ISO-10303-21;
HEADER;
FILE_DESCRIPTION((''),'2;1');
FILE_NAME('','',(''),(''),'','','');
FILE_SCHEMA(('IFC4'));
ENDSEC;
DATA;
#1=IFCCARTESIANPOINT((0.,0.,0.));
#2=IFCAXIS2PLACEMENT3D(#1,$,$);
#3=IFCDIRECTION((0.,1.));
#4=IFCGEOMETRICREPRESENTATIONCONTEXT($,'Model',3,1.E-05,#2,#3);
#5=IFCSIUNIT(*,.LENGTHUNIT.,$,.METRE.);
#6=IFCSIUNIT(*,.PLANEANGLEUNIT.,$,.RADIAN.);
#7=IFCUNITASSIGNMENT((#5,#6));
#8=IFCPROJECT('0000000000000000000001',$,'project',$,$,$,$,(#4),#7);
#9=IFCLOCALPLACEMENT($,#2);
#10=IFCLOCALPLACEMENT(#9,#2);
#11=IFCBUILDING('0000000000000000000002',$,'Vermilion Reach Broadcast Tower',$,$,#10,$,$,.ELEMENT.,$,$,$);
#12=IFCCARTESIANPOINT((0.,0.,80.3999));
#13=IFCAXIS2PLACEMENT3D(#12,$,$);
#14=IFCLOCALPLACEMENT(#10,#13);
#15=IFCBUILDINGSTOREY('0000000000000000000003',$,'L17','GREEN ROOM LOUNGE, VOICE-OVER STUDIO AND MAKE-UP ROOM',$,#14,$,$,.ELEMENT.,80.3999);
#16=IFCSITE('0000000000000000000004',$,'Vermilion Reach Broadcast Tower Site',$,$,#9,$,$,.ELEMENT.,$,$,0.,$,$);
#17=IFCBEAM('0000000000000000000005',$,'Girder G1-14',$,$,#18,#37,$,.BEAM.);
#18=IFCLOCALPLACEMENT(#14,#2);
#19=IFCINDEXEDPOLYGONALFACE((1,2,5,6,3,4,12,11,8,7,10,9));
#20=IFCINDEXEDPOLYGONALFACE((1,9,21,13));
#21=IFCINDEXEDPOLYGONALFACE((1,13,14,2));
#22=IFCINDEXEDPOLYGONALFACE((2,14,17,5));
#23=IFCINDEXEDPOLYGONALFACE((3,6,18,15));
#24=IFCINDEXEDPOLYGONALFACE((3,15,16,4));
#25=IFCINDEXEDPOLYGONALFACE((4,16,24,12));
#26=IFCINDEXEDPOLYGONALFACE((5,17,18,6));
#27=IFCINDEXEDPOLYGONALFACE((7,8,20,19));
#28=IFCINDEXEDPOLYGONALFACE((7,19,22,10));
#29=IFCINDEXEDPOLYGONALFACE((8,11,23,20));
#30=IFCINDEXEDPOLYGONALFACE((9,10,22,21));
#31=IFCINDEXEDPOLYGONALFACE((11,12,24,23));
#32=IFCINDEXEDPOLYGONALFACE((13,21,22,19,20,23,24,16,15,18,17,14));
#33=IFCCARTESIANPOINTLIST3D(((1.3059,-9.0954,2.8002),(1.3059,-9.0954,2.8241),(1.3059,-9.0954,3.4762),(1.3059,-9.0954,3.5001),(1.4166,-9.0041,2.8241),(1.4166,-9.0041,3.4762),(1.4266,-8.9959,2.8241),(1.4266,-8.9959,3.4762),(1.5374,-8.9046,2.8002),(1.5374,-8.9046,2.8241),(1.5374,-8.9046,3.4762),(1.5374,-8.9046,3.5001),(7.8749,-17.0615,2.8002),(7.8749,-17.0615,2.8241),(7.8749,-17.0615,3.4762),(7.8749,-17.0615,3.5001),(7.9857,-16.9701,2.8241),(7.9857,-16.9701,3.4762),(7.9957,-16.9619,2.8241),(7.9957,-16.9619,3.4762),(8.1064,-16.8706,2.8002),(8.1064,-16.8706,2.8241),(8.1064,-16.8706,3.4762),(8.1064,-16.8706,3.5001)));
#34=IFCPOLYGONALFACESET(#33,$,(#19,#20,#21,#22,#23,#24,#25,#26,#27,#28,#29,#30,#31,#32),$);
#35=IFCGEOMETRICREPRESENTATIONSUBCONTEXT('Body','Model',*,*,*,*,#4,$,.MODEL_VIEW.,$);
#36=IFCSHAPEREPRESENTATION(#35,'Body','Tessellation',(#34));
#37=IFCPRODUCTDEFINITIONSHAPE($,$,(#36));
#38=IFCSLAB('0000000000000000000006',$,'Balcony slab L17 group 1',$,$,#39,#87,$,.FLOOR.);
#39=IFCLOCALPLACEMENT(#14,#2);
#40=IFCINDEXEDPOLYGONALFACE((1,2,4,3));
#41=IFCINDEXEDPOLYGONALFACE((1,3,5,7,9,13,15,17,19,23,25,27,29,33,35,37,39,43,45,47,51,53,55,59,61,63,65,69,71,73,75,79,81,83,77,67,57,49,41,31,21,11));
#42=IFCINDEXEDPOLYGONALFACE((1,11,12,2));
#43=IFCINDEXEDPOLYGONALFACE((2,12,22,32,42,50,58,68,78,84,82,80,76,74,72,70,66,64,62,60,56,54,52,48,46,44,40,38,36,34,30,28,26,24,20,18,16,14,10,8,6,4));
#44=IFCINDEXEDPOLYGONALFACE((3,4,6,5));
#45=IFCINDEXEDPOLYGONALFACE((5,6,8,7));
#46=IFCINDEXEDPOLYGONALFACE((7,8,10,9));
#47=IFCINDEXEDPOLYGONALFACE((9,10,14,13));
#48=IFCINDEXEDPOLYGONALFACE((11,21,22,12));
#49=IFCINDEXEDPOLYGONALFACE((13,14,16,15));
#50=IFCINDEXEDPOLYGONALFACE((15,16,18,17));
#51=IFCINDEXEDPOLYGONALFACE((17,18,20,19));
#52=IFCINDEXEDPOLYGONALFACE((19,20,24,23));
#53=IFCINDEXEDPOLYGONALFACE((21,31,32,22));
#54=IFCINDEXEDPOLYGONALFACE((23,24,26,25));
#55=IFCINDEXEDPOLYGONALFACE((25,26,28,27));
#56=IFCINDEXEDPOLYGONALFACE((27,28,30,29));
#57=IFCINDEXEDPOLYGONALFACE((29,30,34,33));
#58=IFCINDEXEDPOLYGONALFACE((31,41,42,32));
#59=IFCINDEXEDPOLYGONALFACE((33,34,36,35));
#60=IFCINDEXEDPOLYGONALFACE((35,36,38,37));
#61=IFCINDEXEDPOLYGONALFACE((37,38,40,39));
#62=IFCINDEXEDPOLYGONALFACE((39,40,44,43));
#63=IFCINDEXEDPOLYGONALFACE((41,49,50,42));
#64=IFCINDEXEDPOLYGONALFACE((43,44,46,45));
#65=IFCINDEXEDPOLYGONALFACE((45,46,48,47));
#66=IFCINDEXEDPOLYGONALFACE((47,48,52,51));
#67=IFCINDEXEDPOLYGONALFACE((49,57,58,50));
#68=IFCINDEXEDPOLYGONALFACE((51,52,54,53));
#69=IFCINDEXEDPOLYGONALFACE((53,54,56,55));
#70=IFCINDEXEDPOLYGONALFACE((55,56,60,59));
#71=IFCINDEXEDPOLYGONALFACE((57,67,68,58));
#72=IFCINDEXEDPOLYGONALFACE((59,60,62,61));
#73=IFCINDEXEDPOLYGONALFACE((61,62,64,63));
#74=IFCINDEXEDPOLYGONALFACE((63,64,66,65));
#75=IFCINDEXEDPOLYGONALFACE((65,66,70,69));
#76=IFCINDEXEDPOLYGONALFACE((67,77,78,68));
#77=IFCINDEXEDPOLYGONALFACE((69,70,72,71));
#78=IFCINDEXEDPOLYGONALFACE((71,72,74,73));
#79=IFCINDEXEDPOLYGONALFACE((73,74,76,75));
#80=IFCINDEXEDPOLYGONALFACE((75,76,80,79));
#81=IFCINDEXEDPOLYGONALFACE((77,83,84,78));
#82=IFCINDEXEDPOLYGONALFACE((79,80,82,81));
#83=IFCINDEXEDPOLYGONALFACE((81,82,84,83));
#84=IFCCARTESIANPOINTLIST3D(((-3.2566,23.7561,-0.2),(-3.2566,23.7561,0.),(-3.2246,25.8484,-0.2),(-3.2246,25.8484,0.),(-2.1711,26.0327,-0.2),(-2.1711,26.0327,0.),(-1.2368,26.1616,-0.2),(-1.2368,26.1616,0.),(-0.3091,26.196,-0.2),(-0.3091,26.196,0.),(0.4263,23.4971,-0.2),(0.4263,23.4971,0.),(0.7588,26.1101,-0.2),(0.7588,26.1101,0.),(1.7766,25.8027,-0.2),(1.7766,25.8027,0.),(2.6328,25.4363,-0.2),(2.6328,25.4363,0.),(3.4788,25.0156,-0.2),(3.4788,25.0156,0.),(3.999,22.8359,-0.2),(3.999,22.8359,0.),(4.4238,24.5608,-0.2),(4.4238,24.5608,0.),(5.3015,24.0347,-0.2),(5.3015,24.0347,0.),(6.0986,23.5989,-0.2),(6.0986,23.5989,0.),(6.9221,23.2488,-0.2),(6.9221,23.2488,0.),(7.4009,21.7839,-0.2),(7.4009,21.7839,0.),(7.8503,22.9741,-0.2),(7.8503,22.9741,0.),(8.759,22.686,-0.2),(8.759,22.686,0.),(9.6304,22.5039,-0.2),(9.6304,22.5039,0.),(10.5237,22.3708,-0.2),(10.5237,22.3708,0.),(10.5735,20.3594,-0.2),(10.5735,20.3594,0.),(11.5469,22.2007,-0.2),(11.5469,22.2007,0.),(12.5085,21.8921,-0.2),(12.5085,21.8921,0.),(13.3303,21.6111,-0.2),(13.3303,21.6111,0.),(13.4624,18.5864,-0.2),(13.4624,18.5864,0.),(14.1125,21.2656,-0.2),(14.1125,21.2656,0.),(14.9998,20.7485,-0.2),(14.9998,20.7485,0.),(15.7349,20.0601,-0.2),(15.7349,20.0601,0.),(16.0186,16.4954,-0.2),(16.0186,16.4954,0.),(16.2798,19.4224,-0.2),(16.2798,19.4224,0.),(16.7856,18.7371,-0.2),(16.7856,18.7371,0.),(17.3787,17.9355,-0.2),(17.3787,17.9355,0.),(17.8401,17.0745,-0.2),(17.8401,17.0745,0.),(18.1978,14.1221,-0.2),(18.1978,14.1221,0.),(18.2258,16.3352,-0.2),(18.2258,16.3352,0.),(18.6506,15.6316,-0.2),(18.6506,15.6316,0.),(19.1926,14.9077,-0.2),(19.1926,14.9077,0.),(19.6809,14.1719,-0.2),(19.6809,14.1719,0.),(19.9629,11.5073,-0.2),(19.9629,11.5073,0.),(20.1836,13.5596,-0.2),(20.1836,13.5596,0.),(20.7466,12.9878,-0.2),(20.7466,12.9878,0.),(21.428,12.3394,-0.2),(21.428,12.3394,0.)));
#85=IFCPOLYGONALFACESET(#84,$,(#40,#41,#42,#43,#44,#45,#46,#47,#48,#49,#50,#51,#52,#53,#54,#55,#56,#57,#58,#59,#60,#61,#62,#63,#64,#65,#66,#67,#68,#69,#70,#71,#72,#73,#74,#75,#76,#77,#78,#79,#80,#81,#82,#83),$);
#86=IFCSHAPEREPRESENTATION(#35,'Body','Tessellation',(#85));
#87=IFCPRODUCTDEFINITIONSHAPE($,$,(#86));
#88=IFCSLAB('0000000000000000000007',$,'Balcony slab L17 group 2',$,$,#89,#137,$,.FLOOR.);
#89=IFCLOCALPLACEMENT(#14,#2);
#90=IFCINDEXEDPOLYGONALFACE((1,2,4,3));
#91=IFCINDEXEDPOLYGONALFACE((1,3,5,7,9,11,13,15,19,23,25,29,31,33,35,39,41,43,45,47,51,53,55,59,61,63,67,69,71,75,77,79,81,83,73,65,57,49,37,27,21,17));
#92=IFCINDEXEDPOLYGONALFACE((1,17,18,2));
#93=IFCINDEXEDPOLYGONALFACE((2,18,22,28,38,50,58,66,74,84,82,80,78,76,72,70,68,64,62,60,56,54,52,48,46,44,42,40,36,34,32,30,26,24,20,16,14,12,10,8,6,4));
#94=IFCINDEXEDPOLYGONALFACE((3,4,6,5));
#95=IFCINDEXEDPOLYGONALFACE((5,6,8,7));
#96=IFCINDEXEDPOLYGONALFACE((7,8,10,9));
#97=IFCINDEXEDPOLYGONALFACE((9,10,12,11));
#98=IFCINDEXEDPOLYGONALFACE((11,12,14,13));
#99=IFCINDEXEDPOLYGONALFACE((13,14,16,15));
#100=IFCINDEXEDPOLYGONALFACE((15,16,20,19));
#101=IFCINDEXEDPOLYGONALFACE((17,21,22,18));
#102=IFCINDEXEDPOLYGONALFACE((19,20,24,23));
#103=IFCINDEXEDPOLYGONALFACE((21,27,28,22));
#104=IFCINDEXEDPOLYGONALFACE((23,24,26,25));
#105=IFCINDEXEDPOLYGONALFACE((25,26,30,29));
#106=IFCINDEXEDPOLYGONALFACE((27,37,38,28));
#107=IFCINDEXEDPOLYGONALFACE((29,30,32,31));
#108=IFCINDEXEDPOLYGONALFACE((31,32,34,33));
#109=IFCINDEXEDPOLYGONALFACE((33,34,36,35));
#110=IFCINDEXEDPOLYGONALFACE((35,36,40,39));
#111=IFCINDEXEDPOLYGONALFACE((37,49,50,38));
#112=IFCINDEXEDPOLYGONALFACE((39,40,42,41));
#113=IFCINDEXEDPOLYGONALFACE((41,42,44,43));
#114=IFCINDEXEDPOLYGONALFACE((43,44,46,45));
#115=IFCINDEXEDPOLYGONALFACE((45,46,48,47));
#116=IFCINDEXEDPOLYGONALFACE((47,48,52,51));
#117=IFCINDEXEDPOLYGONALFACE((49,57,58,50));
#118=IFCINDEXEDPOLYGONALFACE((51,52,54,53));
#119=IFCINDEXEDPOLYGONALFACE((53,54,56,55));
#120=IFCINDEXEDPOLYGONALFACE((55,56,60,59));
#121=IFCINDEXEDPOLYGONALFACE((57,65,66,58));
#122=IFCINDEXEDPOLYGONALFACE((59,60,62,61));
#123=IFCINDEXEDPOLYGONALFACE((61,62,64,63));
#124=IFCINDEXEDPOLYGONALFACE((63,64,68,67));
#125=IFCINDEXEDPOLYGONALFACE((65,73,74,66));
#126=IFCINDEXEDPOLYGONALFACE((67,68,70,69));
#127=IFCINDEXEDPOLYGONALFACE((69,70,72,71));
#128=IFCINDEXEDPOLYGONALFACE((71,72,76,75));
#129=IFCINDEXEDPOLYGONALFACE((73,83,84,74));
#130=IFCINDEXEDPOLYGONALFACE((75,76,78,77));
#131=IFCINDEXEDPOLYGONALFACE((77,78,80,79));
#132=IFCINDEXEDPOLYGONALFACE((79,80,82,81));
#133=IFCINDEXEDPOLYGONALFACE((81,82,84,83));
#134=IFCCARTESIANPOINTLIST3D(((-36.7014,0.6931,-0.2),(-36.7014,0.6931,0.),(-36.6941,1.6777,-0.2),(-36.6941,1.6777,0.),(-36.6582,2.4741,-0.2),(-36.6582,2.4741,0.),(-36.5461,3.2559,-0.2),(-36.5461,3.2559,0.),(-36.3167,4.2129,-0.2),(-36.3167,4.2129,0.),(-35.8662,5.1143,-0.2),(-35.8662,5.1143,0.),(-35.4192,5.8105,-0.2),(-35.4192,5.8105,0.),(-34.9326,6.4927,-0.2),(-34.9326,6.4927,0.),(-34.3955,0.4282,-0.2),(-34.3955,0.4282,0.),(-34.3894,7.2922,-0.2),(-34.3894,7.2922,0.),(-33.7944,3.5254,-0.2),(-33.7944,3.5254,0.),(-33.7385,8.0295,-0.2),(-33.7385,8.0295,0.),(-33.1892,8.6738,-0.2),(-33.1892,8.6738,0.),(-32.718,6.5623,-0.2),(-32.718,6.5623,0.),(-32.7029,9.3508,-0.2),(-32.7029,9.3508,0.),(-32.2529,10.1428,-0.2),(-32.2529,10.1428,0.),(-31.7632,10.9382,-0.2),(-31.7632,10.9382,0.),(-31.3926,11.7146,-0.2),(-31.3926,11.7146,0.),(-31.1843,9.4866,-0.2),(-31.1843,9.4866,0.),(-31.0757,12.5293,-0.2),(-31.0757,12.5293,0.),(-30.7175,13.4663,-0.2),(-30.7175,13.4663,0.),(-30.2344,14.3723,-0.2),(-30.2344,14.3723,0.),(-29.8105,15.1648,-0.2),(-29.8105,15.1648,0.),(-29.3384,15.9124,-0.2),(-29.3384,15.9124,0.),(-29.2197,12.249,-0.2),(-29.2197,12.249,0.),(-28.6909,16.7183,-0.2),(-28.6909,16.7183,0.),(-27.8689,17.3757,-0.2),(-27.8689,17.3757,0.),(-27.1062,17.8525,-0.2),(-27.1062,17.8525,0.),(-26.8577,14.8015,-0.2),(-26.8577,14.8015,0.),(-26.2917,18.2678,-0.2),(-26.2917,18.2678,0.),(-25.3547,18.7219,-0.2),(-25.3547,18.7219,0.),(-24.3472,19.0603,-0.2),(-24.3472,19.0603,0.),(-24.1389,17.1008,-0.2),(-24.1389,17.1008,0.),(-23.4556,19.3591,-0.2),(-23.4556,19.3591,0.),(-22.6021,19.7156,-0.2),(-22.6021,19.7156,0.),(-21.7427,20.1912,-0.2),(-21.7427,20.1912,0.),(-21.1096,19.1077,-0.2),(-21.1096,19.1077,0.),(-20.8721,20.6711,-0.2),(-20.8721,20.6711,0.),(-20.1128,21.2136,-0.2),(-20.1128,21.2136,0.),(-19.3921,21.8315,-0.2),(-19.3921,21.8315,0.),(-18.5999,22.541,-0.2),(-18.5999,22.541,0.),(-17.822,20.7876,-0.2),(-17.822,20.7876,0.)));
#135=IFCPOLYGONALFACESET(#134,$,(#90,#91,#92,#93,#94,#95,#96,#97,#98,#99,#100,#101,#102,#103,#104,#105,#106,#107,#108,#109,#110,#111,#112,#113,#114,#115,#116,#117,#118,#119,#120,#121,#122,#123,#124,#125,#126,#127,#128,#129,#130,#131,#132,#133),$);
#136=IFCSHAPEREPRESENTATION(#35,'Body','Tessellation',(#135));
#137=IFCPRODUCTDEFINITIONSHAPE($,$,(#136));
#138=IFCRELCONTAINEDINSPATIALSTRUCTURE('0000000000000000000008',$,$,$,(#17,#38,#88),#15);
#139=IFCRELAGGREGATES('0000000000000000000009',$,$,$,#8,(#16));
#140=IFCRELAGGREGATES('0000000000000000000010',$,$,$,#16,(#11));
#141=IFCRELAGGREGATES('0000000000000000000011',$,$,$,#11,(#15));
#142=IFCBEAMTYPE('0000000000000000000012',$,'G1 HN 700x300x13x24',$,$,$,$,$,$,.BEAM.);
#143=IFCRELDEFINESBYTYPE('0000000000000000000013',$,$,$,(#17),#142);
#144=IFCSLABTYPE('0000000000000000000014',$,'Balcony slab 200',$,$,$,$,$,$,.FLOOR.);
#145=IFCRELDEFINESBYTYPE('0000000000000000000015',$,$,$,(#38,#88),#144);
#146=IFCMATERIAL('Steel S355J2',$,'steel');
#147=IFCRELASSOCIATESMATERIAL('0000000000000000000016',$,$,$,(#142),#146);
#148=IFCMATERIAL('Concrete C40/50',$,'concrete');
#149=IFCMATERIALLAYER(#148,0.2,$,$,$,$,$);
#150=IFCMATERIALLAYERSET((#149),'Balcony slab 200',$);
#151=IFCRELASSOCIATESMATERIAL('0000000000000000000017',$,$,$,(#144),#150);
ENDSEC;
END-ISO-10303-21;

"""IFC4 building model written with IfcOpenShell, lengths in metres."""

from ifc_helpers import new_model, si_unit, direction, frame, origin, origin_2d, place, context, subcontext, project, spatial, polyline, i_section, outline, extrude, material, layer, layer_set, material_profile, profile_set, type_object, element, save


model = new_model("IFC4")

# Units and contexts
model_context = context("Model", 3, precision=1e-05, world=origin(), true_north=direction((0.0, 1.0)))
body_context = subcontext(model_context, "Body", "Model", "MODEL_VIEW")
ifc_project = project(units=[si_unit("LENGTHUNIT", "METRE"), si_unit("PLANEANGLEUNIT", "RADIAN")], contexts=[model_context])

# Site, building, storey
site_placement = place(None, origin())
site = spatial("IfcSite", under=ifc_project, at=site_placement, Name="Vermilion Reach Broadcast Tower Site", CompositionType="ELEMENT", RefElevation=0.0)
building_placement = place(site_placement, origin())
building = spatial("IfcBuilding", under=site, at=building_placement, Name="Vermilion Reach Broadcast Tower", CompositionType="ELEMENT")
storey_placement = place(building_placement, frame((0.0, 0.0, 80.3999)))
storey = spatial("IfcBuildingStorey", under=building, at=storey_placement, Name="L17", Description="GREEN ROOM LOUNGE, VOICE-OVER STUDIO AND MAKE-UP ROOM", CompositionType="ELEMENT", Elevation=80.3999)

# Beam
ifc_material_1 = material(Name="Steel S355J2", Category="steel")
ifc_material_profile = material_profile(ifc_material_1, i_section(OverallWidth=0.3, OverallDepth=0.7, WebThickness=0.0129, FlangeThickness=0.0239, at=origin_2d()), Name="S355J2 HN 700x300x13x24")
ifc_profile_set = profile_set([ifc_material_profile], Name="Steel S355J2")
beam_type = type_object("IfcBeamType", Name="G1 HN 700x300x13x24", PredefinedType="BEAM", material=ifc_profile_set)
beam_placement = place(storey_placement, frame((1.4216, -9.0, 3.1501), z_axis=(0.636215, -0.771512, 0.0), x_axis=(0.771512, 0.636215, 0.0)))
element("IfcBeam", 1, at=beam_placement, inside=storey, type_object=beam_type, Name="Girder G1-14", PredefinedType="BEAM", context=body_context, shape_type="SweptSolid", body=[
    extrude(i_section(OverallWidth=0.3, OverallDepth=0.7, WebThickness=0.0129, FlangeThickness=0.0239, at=origin_2d()), origin(), (0.0, 0.0, 1.0), 10.3252),
])

# Slabs
ifc_material_2 = material(Name="Concrete C40/50", Category="concrete")
ifc_layer_1 = layer(ifc_material_2, 0.2)
ifc_layer_set_1 = layer_set([ifc_layer_1], Name="Balcony slab 200")
slab_type_1 = type_object("IfcSlabType", Name="Balcony slab 200", PredefinedType="FLOOR", material=ifc_layer_set_1)
placement_1 = place(storey_placement, frame((0.0, 0.0, -0.2)))
element("IfcSlab", 2, at=placement_1, inside=storey, type_object=slab_type_1, Name="Balcony slab L17 group 1", PredefinedType="FLOOR", context=body_context, shape_type="SweptSolid", body=[
    extrude(outline(polyline([(19.9629, 11.5073), (18.1978, 14.1221), (16.0186, 16.4954), (13.4624, 18.5864), (10.5735, 20.3594), (7.4009, 21.7839), (3.999, 22.8359), (0.4263, 23.4971), (-3.2566, 23.7561), (-3.2246, 25.8484), (-2.1711, 26.0327), (-1.2368, 26.1616), (-0.3091, 26.196), (0.7588, 26.1101), (1.7766, 25.8027), (2.6328, 25.4363), (3.4788, 25.0156), (4.4238, 24.5608), (5.3015, 24.0347), (6.0986, 23.5989), (6.9221, 23.2488), (7.8503, 22.9741), (8.759, 22.686), (9.6304, 22.5039), (10.5237, 22.3708), (11.5469, 22.2007), (12.5085, 21.8921), (13.3303, 21.6111), (14.1125, 21.2656), (14.9998, 20.7485), (15.7349, 20.0601), (16.2798, 19.4224), (16.7856, 18.7371), (17.3787, 17.9355), (17.8401, 17.0745), (18.2258, 16.3352), (18.6506, 15.6316), (19.1926, 14.9077), (19.6809, 14.1719), (20.1836, 13.5596), (20.7466, 12.9878), (21.428, 12.3394), (19.9629, 11.5073)])), origin(), (0.0, 0.0, 1.0), 0.2),
])
element("IfcSlab", 3, at=placement_1, inside=storey, type_object=slab_type_1, Name="Balcony slab L17 group 2", PredefinedType="FLOOR", context=body_context, shape_type="SweptSolid", body=[
    extrude(outline(polyline([(-17.822, 20.7876), (-21.1096, 19.1077), (-24.1389, 17.1008), (-26.8577, 14.8015), (-29.2197, 12.249), (-31.1843, 9.4866), (-32.718, 6.5623), (-33.7944, 3.5254), (-34.3955, 0.4282), (-36.7014, 0.6931), (-36.6941, 1.6777), (-36.6582, 2.4741), (-36.5461, 3.2559), (-36.3167, 4.2129), (-35.8662, 5.1143), (-35.4192, 5.8105), (-34.9326, 6.4927), (-34.3894, 7.2922), (-33.7385, 8.0295), (-33.1892, 8.6738), (-32.7029, 9.3508), (-32.2529, 10.1428), (-31.7632, 10.9382), (-31.3926, 11.7146), (-31.0757, 12.5293), (-30.7175, 13.4663), (-30.2344, 14.3723), (-29.8105, 15.1648), (-29.3384, 15.9124), (-28.6909, 16.7183), (-27.8689, 17.3757), (-27.1062, 17.8525), (-26.2917, 18.2678), (-25.3547, 18.7219), (-24.3472, 19.0603), (-23.4556, 19.3591), (-22.6021, 19.7156), (-21.7427, 20.1912), (-20.8721, 20.6711), (-20.1128, 21.2136), (-19.3921, 21.8315), (-18.5999, 22.541), (-17.822, 20.7876)])), origin(), (0.0, 0.0, 1.0), 0.2),
])

save(model, "model.ifc")
